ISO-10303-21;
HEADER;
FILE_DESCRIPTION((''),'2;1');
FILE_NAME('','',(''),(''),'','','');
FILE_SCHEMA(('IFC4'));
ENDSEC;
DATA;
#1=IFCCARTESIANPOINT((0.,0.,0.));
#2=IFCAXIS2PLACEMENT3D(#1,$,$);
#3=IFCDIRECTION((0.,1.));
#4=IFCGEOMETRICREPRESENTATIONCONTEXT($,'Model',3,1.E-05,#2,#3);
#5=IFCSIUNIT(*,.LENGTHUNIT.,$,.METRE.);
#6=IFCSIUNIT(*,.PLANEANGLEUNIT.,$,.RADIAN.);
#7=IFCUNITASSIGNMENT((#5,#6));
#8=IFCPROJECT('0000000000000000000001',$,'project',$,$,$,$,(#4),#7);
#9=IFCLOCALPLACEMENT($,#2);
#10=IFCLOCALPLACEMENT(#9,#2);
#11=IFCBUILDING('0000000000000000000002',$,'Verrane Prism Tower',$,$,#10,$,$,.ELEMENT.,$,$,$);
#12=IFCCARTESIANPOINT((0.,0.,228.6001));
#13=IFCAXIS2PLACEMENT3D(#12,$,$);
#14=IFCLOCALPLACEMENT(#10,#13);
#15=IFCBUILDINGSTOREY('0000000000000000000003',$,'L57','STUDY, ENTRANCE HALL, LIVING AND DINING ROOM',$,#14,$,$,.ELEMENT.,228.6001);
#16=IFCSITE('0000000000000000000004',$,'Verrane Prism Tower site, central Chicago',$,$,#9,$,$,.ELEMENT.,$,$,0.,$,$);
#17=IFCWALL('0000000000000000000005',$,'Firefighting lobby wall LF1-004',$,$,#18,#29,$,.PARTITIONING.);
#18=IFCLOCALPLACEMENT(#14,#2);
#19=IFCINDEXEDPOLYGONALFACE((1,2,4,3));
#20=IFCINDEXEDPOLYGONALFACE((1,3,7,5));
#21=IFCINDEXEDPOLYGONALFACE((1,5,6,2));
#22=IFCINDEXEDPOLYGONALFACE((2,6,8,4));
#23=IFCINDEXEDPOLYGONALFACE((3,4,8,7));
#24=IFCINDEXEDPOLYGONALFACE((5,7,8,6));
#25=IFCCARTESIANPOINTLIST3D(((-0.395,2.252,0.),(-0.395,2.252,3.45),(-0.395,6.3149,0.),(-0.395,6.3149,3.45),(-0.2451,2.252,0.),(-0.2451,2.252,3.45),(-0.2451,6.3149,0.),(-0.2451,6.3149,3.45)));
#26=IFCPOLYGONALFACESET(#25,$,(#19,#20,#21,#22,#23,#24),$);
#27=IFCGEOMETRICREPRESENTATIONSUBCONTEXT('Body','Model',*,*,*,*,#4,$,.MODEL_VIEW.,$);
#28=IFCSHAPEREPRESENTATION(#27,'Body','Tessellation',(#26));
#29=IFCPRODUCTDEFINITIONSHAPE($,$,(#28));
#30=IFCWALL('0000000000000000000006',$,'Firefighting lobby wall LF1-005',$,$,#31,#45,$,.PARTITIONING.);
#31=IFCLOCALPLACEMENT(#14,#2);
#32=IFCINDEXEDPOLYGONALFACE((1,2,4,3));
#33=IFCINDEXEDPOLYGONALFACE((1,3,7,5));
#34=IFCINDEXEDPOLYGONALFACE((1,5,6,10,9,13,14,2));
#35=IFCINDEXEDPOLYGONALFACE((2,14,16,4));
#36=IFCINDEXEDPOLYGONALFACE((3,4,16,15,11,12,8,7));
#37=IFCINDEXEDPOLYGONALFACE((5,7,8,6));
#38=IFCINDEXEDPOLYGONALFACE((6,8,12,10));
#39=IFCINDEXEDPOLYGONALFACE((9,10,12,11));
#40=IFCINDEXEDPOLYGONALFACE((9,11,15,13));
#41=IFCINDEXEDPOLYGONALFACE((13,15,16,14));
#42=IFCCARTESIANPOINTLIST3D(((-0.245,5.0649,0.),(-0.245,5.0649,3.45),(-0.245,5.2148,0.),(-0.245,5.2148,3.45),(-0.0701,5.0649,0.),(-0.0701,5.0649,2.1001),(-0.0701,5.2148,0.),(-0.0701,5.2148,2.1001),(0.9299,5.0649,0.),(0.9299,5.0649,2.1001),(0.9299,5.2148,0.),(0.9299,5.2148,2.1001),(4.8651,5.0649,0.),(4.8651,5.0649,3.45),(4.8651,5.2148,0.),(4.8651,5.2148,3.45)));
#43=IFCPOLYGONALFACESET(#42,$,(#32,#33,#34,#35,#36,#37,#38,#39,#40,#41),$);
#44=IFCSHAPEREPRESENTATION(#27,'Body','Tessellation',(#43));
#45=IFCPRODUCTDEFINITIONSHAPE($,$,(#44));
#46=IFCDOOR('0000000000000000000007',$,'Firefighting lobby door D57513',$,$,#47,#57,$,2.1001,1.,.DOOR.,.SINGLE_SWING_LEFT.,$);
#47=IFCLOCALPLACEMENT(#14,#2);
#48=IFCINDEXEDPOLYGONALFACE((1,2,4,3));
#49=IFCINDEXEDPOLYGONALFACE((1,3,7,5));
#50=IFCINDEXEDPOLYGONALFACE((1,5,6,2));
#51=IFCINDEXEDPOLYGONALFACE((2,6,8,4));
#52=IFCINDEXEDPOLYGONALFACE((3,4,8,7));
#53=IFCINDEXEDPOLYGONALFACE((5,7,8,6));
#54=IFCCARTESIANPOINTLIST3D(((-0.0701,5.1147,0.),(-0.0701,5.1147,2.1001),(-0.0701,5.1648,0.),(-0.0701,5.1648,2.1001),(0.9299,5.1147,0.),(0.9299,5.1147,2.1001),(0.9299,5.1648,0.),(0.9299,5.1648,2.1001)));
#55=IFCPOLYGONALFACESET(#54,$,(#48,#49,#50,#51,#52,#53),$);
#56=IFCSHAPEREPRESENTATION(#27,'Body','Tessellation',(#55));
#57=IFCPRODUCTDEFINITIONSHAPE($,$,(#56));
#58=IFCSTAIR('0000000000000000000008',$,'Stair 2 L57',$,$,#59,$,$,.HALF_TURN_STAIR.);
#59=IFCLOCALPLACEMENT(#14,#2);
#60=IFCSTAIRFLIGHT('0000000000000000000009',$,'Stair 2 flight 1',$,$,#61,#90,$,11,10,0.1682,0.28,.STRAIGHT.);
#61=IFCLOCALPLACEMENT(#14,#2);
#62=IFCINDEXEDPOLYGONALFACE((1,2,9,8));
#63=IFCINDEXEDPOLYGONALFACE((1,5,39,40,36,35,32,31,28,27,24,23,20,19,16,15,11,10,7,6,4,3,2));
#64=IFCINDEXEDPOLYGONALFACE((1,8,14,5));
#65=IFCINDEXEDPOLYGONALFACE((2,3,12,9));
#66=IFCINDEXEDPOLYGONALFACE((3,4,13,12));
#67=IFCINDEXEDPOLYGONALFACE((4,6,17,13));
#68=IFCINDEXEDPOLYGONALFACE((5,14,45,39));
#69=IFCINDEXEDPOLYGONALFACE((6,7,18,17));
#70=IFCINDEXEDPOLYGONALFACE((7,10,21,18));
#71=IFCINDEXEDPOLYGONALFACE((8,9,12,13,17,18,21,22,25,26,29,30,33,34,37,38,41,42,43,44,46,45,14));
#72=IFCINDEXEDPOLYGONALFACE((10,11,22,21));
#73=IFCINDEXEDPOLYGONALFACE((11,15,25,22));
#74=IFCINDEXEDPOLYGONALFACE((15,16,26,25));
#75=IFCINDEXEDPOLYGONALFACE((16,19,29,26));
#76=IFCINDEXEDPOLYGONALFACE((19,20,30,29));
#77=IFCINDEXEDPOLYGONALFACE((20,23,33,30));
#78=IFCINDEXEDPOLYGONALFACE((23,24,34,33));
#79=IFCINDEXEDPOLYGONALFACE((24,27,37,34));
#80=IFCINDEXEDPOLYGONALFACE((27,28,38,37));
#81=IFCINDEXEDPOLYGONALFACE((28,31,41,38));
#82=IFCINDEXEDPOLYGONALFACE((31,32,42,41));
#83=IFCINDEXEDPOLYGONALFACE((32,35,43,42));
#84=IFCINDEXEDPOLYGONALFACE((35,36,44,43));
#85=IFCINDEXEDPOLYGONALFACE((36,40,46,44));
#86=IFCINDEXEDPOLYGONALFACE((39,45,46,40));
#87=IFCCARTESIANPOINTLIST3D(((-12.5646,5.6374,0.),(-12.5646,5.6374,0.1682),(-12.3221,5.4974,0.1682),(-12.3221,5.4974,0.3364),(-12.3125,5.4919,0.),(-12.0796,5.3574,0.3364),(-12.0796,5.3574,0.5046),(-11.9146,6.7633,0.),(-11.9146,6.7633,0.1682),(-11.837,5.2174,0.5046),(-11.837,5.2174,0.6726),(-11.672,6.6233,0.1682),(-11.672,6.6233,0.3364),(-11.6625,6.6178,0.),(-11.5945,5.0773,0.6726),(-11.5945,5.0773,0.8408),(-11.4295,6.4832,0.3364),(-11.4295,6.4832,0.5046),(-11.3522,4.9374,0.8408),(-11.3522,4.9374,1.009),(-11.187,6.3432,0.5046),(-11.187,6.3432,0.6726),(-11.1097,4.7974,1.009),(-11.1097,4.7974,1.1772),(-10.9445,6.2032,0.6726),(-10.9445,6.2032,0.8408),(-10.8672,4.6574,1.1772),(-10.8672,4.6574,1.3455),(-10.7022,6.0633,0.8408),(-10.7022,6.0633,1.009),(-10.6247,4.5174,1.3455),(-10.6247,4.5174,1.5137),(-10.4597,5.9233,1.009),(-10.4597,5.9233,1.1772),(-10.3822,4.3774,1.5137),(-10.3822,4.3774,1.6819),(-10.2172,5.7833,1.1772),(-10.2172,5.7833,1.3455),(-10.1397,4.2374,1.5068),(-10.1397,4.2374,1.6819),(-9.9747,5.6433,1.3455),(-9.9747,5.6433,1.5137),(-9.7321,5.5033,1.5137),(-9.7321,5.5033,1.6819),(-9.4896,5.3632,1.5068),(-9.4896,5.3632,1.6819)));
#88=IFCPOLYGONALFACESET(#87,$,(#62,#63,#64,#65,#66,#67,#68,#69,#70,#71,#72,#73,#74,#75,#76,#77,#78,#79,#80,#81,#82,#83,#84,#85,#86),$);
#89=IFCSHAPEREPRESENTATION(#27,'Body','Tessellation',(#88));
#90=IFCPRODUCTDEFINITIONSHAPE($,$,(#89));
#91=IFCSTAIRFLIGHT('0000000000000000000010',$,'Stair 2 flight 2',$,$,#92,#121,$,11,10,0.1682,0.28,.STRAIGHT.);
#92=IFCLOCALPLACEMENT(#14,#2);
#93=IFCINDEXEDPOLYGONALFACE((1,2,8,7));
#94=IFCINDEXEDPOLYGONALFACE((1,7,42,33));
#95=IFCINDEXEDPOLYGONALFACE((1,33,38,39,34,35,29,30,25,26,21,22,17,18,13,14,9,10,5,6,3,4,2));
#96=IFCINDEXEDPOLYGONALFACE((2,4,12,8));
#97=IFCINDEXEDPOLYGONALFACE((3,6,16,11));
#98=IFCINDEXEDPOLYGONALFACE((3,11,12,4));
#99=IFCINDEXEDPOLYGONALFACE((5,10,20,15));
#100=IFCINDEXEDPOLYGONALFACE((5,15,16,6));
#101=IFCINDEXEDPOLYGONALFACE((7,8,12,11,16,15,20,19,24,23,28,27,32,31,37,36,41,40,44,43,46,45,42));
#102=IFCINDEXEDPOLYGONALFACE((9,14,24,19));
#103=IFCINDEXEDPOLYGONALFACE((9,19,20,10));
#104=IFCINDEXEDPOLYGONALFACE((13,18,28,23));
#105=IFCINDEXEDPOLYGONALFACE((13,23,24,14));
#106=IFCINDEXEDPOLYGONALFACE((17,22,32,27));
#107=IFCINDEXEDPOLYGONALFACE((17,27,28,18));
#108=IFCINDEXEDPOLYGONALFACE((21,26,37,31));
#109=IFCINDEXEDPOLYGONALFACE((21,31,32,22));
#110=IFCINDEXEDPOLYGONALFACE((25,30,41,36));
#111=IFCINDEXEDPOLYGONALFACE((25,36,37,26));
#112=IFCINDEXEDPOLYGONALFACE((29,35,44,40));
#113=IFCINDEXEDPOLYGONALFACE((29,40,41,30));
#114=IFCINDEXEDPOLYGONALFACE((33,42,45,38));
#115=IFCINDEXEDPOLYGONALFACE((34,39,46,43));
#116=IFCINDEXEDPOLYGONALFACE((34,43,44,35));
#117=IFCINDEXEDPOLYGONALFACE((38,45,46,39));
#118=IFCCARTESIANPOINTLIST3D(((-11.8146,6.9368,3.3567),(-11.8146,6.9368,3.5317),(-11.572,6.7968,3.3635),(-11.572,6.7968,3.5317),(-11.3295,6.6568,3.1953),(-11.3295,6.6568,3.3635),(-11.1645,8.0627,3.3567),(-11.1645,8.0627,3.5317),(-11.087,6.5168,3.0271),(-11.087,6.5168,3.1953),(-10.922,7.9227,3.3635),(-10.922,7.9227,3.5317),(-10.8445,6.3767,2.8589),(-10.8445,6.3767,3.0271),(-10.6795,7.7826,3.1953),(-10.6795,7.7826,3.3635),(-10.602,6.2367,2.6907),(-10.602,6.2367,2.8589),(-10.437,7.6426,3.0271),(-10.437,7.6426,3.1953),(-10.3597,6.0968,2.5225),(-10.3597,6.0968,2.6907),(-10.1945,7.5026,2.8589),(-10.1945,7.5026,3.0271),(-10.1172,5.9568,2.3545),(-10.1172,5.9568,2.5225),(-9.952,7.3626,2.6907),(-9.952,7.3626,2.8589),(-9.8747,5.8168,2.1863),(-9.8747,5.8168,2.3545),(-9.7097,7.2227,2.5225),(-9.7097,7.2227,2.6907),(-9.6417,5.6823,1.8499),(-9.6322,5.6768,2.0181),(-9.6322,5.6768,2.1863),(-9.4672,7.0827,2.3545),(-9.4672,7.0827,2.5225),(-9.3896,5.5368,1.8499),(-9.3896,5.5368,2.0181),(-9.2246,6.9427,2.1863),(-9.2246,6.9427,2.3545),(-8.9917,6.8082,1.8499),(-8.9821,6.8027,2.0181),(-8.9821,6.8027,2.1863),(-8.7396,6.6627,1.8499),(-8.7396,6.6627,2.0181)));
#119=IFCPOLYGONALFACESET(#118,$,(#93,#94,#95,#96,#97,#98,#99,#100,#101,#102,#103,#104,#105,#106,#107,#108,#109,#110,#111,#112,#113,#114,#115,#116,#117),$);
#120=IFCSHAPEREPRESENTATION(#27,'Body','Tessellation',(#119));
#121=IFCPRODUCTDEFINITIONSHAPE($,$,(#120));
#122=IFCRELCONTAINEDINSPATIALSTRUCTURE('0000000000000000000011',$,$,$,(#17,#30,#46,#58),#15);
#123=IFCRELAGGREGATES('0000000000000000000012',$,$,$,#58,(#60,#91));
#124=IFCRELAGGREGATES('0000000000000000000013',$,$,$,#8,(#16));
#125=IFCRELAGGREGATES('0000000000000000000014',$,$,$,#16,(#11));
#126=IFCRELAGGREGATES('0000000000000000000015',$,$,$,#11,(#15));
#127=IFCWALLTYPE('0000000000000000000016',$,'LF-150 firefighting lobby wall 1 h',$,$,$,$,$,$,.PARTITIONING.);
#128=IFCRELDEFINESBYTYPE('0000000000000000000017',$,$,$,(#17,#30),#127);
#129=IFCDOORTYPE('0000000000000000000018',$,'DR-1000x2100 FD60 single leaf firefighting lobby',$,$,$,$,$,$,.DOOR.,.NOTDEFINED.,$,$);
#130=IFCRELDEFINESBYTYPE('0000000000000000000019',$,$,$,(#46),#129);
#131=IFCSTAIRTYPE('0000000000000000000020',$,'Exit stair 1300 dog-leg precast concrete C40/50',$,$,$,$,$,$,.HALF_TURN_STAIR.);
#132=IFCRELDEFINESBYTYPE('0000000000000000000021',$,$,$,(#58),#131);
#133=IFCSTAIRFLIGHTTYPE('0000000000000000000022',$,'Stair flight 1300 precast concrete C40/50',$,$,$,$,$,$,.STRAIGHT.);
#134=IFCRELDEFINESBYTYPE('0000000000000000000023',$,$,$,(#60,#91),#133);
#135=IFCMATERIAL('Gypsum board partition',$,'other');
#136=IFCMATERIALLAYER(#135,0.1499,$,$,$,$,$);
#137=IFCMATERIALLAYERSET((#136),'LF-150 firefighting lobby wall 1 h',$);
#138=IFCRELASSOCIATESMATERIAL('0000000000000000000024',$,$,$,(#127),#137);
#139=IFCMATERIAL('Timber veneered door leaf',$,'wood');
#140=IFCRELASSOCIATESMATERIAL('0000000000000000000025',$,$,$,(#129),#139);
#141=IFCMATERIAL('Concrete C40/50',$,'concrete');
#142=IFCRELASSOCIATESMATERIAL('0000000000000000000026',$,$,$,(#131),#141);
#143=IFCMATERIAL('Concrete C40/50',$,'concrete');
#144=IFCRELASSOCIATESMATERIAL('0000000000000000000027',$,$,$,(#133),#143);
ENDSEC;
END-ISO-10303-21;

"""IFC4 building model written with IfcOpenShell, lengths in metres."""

from ifc_helpers import new_model, si_unit, direction, frame, frame_2d, origin, place, context, subcontext, project, spatial, polyline, rectangle, outline, extrude, material, layer, layer_set, type_object, element, fill, aggregate, save


model = new_model("IFC4")

# Units and contexts
model_context = context("Model", 3, precision=1e-05, world=origin(), true_north=direction((0.0, 1.0)))
body_context = subcontext(model_context, "Body", "Model", "MODEL_VIEW")
ifc_project = project(units=[si_unit("LENGTHUNIT", "METRE"), si_unit("PLANEANGLEUNIT", "RADIAN")], contexts=[model_context])

# Site, building, storey
site_placement = place(None, origin())
site = spatial("IfcSite", under=ifc_project, at=site_placement, Name="Verrane Prism Tower site, central Chicago", CompositionType="ELEMENT", RefElevation=0.0)
building_placement = place(site_placement, origin())
building = spatial("IfcBuilding", under=site, at=building_placement, Name="Verrane Prism Tower", CompositionType="ELEMENT")
storey_placement = place(building_placement, frame((0.0, 0.0, 228.6001)))
storey = spatial("IfcBuildingStorey", under=building, at=storey_placement, Name="L57", Description="STUDY, ENTRANCE HALL, LIVING AND DINING ROOM", CompositionType="ELEMENT", Elevation=228.6001)

# Shared definitions
ifc_material_1 = material(Name="Gypsum board partition", Category="other")
ifc_layer_1 = layer(ifc_material_1, 0.1499)
ifc_layer_set_1 = layer_set([ifc_layer_1], Name="LF-150 firefighting lobby wall 1 h")
wall_type_1 = type_object("IfcWallType", Name="LF-150 firefighting lobby wall 1 h", PredefinedType="PARTITIONING", material=ifc_layer_set_1)

# Shared definitions
ifc_material_2 = material(Name="Timber veneered door leaf", Category="wood")
door_type_1 = type_object("IfcDoorType", Name="DR-1000x2100 FD60 single leaf firefighting lobby", OperationType="NOTDEFINED", PredefinedType="DOOR", material=ifc_material_2)

# Wall
wall_1_placement = place(storey_placement, frame((-0.3201, 2.252, 0.0), z_axis=(0.0, 0.0, 1.0), x_axis=(0.0, 1.0, 0.0)))
element("IfcWall", 1, at=wall_1_placement, inside=storey, type_object=wall_type_1, Name="Firefighting lobby wall LF1-004", PredefinedType="PARTITIONING", context=body_context, shape_type="SweptSolid", body=[
    extrude(rectangle(XDim=4.063, YDim=0.1499, at=frame_2d((2.0315, 0.0))), origin(), (0.0, 0.0, 1.0), 3.45),
])

# Wall, opening, door
wall_2_placement = place(storey_placement, frame((-0.2451, 5.1399, 0.0), z_axis=(0.0, 0.0, 1.0), x_axis=(1.0, 0.0, 0.0)))
wall_2 = element("IfcWall", 2, at=wall_2_placement, inside=storey, type_object=wall_type_1, Name="Firefighting lobby wall LF1-005", PredefinedType="PARTITIONING", context=body_context, shape_type="SweptSolid", body=[
    extrude(rectangle(XDim=5.1101, YDim=0.1499, at=frame_2d((2.5552, 0.0))), origin(), (0.0, 0.0, 1.0), 3.45),
])
opening_1_placement = place(wall_2_placement, frame((0.175, 0.0, 0.0)))
opening_1 = element("IfcOpeningElement", 3, at=opening_1_placement, cuts=wall_2, PredefinedType="OPENING", context=body_context, shape_type="SweptSolid", body=[
    extrude(rectangle(XDim=1.0, YDim=2.1001, at=frame_2d((0.5, 1.05))), frame((0.0, 0.085, 0.0), z_axis=(0.0, -1.0, 0.0), x_axis=(1.0, 0.0, 0.0)), (0.0, 0.0, 1.0), 0.1699),
])
door_1_placement = place(opening_1_placement, origin())
door_1 = element("IfcDoor", 4, at=door_1_placement, inside=storey, type_object=door_type_1, Name="Firefighting lobby door D57513", OperationType="SINGLE_SWING_LEFT", OverallHeight=2.1001, OverallWidth=1.0, PredefinedType="DOOR", context=body_context, shape_type="SweptSolid", body=[
    extrude(rectangle(XDim=1.0, YDim=2.1001, at=frame_2d((0.5, 1.05))), frame((0.0, 0.0249, 0.0), z_axis=(0.0, -1.0, 0.0), x_axis=(1.0, 0.0, 0.0)), (0.0, 0.0, 1.0), 0.05),
])
fill(opening_1, door_1)

# Stair, stair flights
ifc_material_3 = material(Name="Concrete C40/50", Category="concrete")
stair_type = type_object("IfcStairType", Name="Exit stair 1300 dog-leg precast concrete C40/50", PredefinedType="HALF_TURN_STAIR", material=ifc_material_3)
stair_placement = place(storey_placement, origin())
stair = element("IfcStair", 5, at=stair_placement, inside=storey, type_object=stair_type, Name="Stair 2 L57", PredefinedType="HALF_TURN_STAIR")
ifc_material_4 = material(Name="Concrete C40/50", Category="concrete")
stair_flight_type = type_object("IfcStairFlightType", Name="Stair flight 1300 precast concrete C40/50", PredefinedType="STRAIGHT", material=ifc_material_4)
stair_flight_1_placement = place(storey_placement, frame((-12.2395, 6.2004, 0.0), z_axis=(0.0, 0.0, 1.0), x_axis=(0.866025, -0.5, 0.0)))
stair_flight_1 = element("IfcStairFlight", 6, at=stair_flight_1_placement, type_object=stair_flight_type, Name="Stair 2 flight 1", NumberOfRisers=11, NumberOfTreads=10, PredefinedType="STRAIGHT", RiserHeight=0.1682, TreadLength=0.28, context=body_context, shape_type="SweptSolid", body=[
    extrude(outline(polyline([(0.0, 0.0), (0.0, 0.1682), (0.28, 0.1682), (0.28, 0.3364), (0.5601, 0.3364), (0.5601, 0.5046), (0.8401, 0.5046), (0.8401, 0.6726), (1.1201, 0.6726), (1.1201, 0.8408), (1.3999, 0.8408), (1.3999, 1.009), (1.6799, 1.009), (1.6799, 1.1772), (1.96, 1.1772), (1.96, 1.3455), (2.24, 1.3455), (2.24, 1.5137), (2.52, 1.5137), (2.52, 1.6819), (2.8, 1.6819), (2.8, 1.8501), (2.8, 1.5068), (0.291, 0.0), (0.0, 0.0)])), frame((0.0, 0.6499, 0.0), z_axis=(0.0, -1.0, 0.0), x_axis=(1.0, 0.0, 0.0)), (0.0, 0.0, 1.0), 1.3),
])
stair_flight_2_placement = place(storey_placement, frame((-9.0647, 6.0996, 1.8499), z_axis=(0.0, 0.0, 1.0), x_axis=(-0.866025, 0.5, 0.0)))
stair_flight_2 = element("IfcStairFlight", 7, at=stair_flight_2_placement, type_object=stair_flight_type, Name="Stair 2 flight 2", NumberOfRisers=11, NumberOfTreads=10, PredefinedType="STRAIGHT", RiserHeight=0.1682, TreadLength=0.28, context=body_context, shape_type="SweptSolid", body=[
    extrude(outline(polyline([(0.0, 0.0), (0.0, 0.1682), (0.28, 0.1682), (0.28, 0.3364), (0.5601, 0.3364), (0.5601, 0.5046), (0.8401, 0.5046), (0.8401, 0.6726), (1.1201, 0.6726), (1.1201, 0.8408), (1.3999, 0.8408), (1.3999, 1.009), (1.6799, 1.009), (1.6799, 1.1772), (1.96, 1.1772), (1.96, 1.3455), (2.24, 1.3455), (2.24, 1.5137), (2.52, 1.5137), (2.52, 1.6819), (2.8, 1.6819), (2.8, 1.8501), (2.8, 1.5068), (0.291, 0.0), (0.0, 0.0)])), frame((0.0, 0.6499, 0.0), z_axis=(0.0, -1.0, 0.0), x_axis=(1.0, 0.0, 0.0)), (0.0, 0.0, 1.0), 1.3),
])
aggregate(stair, [stair_flight_1, stair_flight_2])

save(model, "model.ifc")
